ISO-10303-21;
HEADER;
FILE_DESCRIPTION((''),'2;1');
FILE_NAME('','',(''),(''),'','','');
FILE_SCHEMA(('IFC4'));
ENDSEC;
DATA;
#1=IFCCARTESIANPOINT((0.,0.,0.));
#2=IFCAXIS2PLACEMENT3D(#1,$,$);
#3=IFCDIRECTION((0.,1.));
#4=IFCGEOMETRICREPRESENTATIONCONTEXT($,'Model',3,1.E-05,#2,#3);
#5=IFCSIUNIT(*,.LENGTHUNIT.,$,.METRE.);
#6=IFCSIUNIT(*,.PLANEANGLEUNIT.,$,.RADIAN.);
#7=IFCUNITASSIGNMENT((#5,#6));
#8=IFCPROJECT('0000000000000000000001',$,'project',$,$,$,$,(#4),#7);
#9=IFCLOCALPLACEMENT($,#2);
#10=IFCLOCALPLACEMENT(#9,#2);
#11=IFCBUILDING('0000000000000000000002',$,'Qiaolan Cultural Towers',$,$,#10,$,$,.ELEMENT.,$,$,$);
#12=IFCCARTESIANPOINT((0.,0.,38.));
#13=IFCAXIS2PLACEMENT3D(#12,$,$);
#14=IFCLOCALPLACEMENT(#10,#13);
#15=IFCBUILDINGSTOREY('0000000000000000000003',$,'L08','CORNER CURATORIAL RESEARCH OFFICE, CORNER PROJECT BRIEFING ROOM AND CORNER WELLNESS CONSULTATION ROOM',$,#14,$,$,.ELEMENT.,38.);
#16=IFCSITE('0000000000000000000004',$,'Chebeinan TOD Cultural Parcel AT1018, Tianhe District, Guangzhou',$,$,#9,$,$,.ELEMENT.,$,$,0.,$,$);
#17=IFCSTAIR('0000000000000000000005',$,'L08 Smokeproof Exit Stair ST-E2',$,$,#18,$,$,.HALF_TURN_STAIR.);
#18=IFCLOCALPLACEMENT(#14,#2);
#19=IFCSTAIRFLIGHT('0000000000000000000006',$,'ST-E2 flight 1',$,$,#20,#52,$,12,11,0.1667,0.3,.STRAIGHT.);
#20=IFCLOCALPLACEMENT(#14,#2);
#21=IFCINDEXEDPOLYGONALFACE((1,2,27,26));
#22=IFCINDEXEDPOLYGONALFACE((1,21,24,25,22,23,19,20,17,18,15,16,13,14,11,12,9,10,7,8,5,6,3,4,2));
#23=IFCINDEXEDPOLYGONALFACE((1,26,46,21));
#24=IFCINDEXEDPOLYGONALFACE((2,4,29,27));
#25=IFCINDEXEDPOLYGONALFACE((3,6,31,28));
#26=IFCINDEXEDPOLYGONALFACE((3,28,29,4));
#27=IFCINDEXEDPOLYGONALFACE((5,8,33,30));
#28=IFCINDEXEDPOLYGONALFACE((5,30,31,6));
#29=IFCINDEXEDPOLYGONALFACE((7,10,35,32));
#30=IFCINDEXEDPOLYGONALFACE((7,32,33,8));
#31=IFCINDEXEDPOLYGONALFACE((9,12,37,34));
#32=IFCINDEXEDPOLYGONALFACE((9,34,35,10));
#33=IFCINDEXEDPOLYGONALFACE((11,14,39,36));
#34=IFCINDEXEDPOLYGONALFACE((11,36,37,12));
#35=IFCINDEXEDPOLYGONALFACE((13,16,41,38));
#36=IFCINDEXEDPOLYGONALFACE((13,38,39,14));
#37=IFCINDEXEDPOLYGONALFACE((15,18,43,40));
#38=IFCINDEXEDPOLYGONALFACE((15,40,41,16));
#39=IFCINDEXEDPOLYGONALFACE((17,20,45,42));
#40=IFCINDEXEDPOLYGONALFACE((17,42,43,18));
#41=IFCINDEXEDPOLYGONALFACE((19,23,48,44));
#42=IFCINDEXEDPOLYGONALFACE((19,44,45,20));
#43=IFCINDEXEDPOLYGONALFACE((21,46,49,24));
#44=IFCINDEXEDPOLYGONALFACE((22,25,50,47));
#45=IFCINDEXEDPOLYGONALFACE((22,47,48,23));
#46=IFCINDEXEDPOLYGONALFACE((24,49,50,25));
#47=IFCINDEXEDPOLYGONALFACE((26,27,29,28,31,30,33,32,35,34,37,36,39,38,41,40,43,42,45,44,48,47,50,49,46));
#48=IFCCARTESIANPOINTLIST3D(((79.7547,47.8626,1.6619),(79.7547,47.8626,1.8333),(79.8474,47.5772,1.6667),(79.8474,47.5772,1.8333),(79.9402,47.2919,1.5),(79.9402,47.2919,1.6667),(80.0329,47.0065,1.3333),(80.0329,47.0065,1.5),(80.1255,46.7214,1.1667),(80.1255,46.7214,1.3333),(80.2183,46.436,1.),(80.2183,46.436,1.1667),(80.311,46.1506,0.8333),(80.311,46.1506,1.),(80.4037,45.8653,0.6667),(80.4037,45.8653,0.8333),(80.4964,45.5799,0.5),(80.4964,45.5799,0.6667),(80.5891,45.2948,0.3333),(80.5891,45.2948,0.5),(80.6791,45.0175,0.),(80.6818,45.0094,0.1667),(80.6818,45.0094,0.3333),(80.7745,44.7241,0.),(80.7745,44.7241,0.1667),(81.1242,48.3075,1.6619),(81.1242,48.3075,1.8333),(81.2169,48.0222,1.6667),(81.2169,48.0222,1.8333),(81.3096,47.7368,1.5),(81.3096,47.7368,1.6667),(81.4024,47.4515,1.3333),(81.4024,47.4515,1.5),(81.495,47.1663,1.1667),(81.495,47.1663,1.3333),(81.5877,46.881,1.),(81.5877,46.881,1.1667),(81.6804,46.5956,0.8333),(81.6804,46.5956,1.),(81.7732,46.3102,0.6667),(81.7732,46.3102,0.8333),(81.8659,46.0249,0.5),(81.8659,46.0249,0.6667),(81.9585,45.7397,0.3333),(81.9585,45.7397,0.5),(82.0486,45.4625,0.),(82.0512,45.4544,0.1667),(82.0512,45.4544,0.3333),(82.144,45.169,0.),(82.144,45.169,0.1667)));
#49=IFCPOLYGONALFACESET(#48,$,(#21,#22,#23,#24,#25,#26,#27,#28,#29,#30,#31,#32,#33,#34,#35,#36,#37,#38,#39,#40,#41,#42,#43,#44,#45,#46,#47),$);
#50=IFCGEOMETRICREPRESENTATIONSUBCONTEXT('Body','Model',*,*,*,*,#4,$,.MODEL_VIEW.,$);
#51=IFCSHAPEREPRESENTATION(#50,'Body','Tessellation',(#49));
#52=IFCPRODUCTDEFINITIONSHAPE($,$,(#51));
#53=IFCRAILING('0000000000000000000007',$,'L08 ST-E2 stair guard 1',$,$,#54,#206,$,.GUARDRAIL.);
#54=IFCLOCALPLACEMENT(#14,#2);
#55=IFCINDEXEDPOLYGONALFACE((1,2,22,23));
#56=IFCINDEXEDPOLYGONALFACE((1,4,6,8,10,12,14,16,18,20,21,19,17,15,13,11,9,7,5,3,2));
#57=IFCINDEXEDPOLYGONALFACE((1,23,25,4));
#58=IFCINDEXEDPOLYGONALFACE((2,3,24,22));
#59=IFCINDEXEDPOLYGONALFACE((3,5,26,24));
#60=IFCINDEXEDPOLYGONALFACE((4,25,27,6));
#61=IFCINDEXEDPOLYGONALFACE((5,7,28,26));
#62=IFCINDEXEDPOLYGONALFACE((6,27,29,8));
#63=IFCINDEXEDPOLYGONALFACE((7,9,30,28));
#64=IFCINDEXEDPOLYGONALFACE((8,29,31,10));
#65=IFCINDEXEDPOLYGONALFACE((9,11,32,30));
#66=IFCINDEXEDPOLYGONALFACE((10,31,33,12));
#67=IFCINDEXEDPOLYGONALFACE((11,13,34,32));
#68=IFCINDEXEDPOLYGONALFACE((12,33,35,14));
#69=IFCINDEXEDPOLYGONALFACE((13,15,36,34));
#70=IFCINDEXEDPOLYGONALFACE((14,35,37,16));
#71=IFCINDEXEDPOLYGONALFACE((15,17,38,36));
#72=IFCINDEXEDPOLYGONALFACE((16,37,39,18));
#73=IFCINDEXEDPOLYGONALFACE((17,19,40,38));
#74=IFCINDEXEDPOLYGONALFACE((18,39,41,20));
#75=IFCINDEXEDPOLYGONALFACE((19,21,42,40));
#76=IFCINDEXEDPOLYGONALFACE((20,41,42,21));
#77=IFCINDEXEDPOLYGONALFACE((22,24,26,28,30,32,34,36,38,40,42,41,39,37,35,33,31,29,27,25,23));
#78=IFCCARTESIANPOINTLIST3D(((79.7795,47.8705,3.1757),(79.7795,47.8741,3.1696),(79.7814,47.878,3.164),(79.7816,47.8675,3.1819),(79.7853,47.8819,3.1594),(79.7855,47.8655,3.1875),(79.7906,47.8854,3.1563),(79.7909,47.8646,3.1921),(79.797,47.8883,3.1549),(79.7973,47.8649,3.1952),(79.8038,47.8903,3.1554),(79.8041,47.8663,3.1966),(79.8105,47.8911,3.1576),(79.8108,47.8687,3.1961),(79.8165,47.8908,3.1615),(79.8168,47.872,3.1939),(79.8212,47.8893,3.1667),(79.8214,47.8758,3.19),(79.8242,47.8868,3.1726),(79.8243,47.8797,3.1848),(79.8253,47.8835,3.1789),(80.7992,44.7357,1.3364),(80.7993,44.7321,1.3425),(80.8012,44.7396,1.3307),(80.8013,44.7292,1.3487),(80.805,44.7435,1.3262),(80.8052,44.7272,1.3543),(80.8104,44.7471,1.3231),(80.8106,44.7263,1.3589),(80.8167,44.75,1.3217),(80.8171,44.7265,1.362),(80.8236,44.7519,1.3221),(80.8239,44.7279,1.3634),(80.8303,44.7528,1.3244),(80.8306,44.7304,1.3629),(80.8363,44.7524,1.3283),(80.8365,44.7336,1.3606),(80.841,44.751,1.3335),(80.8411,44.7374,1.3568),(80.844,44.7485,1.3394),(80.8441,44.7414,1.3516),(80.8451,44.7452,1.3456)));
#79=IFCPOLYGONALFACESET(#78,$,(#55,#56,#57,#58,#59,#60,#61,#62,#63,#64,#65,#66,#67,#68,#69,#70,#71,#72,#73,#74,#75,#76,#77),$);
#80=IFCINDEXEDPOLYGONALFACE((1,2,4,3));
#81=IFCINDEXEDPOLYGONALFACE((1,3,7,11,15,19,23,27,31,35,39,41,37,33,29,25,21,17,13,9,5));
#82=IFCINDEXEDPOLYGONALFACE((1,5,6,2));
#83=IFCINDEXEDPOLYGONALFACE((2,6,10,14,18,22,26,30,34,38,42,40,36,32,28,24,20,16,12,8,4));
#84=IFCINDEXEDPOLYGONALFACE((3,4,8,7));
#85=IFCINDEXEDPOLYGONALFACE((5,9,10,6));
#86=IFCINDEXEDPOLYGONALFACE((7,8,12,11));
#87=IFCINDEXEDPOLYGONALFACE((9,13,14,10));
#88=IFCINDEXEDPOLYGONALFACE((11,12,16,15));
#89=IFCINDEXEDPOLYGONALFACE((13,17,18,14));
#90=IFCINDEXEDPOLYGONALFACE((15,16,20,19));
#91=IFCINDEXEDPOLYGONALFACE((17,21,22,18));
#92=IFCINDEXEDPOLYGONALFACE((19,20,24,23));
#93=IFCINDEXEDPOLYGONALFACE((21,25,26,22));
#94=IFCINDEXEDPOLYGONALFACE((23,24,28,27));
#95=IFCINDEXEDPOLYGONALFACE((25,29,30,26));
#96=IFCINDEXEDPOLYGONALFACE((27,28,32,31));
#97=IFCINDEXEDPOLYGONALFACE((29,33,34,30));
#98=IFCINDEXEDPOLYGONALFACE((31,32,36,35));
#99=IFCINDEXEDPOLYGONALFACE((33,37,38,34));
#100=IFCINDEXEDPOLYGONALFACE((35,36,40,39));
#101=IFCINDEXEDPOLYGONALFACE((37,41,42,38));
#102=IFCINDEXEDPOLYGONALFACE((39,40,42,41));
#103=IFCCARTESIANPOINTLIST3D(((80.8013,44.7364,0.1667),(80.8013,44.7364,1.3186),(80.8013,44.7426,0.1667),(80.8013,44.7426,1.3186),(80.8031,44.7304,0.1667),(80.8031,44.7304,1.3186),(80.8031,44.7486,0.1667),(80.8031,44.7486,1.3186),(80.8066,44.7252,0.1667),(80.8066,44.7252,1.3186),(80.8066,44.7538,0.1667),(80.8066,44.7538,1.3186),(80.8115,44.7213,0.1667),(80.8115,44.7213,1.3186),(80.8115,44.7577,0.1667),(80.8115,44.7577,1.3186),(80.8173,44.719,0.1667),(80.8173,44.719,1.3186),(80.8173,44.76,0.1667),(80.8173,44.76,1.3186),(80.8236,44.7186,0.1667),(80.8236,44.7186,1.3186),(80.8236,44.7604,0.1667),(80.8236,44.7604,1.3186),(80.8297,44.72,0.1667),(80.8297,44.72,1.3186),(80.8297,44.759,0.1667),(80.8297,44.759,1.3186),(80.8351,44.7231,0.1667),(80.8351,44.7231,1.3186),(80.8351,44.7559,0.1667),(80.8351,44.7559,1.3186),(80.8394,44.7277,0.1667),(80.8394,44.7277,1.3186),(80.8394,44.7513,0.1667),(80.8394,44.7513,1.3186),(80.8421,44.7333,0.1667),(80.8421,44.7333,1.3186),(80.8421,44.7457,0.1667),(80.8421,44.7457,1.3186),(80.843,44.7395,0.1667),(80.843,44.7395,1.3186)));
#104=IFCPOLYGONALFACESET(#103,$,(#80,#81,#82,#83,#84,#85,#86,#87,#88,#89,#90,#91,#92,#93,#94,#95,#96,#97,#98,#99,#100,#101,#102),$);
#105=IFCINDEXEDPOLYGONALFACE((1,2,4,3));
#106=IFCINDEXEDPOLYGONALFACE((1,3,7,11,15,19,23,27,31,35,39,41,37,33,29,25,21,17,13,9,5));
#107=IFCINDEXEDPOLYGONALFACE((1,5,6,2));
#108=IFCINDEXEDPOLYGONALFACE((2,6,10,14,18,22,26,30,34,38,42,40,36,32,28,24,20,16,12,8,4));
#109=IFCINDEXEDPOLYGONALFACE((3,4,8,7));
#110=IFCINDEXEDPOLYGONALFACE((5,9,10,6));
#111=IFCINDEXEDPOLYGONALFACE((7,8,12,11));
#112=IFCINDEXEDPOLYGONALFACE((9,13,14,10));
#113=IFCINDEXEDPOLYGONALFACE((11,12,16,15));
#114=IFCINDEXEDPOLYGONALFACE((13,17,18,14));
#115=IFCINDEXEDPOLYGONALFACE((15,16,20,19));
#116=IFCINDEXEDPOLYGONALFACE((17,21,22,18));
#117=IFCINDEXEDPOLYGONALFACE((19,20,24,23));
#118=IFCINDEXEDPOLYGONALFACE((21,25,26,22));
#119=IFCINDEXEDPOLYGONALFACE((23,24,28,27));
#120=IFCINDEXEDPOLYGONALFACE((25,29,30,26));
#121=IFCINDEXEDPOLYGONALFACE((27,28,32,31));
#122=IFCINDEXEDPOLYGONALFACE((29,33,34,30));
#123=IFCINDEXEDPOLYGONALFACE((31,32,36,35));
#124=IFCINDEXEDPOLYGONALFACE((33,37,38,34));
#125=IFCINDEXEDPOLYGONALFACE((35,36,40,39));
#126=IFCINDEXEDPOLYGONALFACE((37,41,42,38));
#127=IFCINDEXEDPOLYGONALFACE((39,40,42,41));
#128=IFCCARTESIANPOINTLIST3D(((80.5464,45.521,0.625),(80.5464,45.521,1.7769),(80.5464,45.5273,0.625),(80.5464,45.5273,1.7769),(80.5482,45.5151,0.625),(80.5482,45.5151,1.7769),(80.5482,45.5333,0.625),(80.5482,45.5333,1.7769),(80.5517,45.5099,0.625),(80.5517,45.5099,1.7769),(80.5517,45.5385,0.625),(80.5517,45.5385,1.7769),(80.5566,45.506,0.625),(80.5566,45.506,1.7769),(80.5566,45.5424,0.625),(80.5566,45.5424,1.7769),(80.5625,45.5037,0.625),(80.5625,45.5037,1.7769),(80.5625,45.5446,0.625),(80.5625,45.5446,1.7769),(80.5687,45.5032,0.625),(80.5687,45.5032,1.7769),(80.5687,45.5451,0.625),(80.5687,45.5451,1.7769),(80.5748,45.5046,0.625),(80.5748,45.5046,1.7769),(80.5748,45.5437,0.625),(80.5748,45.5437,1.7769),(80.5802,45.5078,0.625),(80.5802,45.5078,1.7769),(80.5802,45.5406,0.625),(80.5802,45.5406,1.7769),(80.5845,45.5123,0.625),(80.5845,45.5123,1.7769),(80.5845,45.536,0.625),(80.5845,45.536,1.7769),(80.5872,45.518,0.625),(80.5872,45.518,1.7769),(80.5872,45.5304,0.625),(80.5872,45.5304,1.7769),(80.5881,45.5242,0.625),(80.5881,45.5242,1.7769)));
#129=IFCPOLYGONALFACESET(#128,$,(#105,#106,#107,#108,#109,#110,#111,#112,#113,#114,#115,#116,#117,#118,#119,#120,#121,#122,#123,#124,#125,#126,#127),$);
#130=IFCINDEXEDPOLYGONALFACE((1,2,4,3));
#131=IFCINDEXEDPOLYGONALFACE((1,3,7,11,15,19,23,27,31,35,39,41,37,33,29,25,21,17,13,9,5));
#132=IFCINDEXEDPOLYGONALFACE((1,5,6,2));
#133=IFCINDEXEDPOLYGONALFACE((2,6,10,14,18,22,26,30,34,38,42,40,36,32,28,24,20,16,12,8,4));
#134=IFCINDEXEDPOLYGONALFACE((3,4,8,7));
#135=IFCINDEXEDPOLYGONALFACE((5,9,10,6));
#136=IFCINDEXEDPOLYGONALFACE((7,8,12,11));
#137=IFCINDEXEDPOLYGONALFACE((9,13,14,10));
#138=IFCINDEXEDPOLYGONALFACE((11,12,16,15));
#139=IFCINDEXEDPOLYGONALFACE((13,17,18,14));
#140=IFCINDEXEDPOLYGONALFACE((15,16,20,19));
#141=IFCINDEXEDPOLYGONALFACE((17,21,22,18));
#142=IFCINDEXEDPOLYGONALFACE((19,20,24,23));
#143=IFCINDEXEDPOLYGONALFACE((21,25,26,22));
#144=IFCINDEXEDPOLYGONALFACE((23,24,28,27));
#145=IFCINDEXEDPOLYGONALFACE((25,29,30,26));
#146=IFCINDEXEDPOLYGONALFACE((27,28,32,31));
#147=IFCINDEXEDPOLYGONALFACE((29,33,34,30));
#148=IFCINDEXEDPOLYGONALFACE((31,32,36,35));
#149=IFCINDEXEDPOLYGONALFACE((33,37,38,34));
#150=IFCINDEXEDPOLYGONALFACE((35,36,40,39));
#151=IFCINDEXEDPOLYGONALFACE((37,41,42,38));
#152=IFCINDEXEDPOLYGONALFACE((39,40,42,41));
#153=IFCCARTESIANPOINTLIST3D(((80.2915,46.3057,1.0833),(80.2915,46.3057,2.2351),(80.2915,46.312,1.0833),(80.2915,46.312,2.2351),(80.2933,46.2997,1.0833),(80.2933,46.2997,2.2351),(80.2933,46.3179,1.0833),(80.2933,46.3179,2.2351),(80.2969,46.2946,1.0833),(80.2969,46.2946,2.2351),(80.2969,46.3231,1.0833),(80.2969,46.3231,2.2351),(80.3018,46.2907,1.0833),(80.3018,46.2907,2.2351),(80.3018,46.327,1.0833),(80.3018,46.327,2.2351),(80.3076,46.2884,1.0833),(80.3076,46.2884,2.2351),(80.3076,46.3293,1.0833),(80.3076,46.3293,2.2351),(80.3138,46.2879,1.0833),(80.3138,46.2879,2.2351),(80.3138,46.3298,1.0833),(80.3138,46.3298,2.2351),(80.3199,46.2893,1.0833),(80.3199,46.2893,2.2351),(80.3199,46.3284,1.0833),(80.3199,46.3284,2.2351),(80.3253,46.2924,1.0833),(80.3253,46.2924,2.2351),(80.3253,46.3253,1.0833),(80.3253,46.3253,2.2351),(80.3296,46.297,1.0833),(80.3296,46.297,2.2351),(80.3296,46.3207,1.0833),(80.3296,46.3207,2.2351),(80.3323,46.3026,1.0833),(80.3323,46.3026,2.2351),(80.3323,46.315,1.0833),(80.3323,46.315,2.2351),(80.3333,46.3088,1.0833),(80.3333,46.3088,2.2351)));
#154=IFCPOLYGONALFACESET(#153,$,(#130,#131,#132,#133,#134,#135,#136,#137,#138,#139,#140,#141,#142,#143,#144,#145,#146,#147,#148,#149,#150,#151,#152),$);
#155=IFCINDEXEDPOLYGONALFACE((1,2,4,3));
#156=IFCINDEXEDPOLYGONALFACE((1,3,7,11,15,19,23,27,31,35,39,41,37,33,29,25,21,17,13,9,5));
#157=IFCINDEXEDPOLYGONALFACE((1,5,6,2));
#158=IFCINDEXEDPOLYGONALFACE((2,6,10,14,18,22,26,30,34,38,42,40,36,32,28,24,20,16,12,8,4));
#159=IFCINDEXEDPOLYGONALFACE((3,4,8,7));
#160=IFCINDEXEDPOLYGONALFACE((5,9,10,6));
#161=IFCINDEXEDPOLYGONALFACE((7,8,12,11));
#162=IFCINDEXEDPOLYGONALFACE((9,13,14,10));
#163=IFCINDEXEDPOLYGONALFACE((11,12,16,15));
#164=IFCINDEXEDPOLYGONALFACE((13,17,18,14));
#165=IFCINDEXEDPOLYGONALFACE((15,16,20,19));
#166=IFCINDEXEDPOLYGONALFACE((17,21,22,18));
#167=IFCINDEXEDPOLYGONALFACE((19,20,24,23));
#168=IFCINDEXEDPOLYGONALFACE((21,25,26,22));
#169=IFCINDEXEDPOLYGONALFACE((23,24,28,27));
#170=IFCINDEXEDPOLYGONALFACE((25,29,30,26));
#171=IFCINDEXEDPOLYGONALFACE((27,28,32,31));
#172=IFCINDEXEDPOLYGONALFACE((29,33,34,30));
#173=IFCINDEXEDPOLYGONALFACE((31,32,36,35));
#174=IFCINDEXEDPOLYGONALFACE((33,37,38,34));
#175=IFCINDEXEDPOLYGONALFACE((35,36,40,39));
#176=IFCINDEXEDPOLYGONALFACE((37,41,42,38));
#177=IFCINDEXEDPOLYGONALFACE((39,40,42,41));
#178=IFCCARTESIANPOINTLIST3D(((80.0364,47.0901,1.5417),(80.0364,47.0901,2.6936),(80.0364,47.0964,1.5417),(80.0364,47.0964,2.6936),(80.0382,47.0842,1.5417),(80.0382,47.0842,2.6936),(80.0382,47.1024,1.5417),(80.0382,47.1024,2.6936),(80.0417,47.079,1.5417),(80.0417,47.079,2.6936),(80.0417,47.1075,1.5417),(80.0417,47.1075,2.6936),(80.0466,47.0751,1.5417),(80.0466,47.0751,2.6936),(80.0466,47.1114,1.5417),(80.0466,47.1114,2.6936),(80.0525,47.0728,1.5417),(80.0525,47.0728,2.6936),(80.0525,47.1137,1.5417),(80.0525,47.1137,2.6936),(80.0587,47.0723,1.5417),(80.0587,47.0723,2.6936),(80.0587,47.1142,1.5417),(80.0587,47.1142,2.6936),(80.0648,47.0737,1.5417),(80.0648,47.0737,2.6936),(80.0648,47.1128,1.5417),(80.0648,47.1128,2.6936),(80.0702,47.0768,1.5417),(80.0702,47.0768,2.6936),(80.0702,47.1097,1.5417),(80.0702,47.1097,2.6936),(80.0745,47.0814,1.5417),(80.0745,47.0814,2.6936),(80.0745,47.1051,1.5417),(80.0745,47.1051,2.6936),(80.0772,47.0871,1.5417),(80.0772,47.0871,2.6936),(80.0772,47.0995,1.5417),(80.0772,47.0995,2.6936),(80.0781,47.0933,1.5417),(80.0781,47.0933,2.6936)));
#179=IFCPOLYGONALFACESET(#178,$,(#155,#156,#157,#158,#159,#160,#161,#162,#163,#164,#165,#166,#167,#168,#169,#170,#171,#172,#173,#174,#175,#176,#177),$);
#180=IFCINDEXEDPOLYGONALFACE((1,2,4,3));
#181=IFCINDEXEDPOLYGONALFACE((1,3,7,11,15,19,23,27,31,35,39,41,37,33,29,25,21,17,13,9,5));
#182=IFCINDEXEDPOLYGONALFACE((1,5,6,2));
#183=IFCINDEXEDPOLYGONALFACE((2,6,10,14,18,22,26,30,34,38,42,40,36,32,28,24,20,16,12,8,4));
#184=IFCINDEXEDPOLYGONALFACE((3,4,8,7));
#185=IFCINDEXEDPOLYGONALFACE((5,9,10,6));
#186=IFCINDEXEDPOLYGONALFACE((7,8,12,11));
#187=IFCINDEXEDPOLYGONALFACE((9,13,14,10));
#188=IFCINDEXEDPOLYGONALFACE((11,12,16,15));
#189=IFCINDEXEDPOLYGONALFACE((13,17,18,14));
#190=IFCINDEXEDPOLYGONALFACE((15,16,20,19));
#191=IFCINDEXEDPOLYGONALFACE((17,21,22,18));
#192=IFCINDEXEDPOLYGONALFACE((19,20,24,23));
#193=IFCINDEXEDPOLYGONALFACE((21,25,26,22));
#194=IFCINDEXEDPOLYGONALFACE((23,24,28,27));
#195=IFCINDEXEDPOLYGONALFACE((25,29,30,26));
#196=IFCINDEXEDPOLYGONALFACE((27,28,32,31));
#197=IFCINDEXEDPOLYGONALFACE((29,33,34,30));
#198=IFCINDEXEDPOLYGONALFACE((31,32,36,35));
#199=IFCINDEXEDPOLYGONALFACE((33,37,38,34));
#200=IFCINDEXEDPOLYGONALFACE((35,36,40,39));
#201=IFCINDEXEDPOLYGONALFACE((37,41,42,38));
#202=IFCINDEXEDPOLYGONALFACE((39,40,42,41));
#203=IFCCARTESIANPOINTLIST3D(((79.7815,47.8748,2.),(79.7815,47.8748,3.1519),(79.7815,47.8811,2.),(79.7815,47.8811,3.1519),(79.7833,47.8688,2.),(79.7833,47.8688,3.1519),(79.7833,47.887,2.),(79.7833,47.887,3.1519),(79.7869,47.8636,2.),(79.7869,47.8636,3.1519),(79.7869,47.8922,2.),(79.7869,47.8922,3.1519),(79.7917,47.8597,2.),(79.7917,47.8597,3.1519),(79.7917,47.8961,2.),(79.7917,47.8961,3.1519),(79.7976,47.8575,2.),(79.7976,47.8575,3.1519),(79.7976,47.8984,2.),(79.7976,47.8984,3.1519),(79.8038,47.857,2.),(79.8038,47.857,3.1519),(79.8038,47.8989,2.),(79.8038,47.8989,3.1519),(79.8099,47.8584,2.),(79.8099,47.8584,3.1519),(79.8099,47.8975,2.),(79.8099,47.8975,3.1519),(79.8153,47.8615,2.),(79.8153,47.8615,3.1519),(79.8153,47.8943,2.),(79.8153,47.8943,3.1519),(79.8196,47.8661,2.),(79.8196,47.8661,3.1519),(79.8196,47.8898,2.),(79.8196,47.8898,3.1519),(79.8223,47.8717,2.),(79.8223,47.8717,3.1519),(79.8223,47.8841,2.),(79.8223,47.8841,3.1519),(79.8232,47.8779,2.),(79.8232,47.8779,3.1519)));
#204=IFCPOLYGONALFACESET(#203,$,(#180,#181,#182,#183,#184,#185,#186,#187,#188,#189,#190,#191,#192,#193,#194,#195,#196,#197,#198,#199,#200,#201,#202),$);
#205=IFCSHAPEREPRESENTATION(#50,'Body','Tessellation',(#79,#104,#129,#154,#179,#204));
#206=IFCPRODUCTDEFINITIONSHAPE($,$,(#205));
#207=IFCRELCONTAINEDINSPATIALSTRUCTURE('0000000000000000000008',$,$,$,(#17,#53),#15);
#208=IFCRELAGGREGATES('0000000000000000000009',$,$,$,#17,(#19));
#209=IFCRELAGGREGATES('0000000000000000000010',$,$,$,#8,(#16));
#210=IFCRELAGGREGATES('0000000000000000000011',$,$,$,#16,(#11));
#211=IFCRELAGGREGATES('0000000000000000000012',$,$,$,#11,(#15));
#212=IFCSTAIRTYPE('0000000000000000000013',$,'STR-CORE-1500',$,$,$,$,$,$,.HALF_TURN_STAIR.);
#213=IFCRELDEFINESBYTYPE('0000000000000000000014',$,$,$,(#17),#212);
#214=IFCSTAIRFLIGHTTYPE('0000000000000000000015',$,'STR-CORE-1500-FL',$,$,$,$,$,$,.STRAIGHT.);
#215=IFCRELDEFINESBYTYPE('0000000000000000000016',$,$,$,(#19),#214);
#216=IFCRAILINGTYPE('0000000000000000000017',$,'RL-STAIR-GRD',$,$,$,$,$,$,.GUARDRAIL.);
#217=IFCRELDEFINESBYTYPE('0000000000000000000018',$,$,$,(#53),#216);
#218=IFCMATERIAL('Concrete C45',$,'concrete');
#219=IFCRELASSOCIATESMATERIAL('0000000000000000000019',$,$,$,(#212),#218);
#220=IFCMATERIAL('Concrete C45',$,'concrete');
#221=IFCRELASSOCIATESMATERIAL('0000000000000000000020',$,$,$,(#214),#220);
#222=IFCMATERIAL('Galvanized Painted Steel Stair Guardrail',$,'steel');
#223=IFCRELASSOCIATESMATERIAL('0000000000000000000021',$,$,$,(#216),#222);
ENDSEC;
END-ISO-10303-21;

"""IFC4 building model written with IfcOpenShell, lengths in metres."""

from ifc_helpers import new_model, si_unit, direction, frame, origin, origin_2d, place, context, subcontext, project, spatial, polyline, circle, outline, extrude, material, type_object, element, aggregate, save


model = new_model("IFC4")

# Units and contexts
model_context = context("Model", 3, precision=1e-05, world=origin(), true_north=direction((0.0, 1.0)))
body_context = subcontext(model_context, "Body", "Model", "MODEL_VIEW")
ifc_project = project(units=[si_unit("LENGTHUNIT", "METRE"), si_unit("PLANEANGLEUNIT", "RADIAN")], contexts=[model_context])

# Site, building, storey
site_placement = place(None, origin())
site = spatial("IfcSite", under=ifc_project, at=site_placement, Name="Chebeinan TOD Cultural Parcel AT1018, Tianhe District, Guangzhou", CompositionType="ELEMENT", RefElevation=0.0)
building_placement = place(site_placement, origin())
building = spatial("IfcBuilding", under=site, at=building_placement, Name="Qiaolan Cultural Towers", CompositionType="ELEMENT")
storey_placement = place(building_placement, frame((0.0, 0.0, 38.0)))
storey = spatial("IfcBuildingStorey", under=building, at=storey_placement, Name="L08", Description="CORNER CURATORIAL RESEARCH OFFICE, CORNER PROJECT BRIEFING ROOM AND CORNER WELLNESS CONSULTATION ROOM", CompositionType="ELEMENT", Elevation=38.0)

# Stair, stair flight
ifc_material_1 = material(Name="Concrete C45", Category="concrete")
stair_type = type_object("IfcStairType", Name="STR-CORE-1500", PredefinedType="HALF_TURN_STAIR", material=ifc_material_1)
stair_placement = place(storey_placement, origin())
stair = element("IfcStair", 1, at=stair_placement, inside=storey, type_object=stair_type, Name="L08 Smokeproof Exit Stair ST-E2", PredefinedType="HALF_TURN_STAIR")
ifc_material_2 = material(Name="Concrete C45", Category="concrete")
stair_flight_type = type_object("IfcStairFlightType", Name="STR-CORE-1500-FL", PredefinedType="STRAIGHT", material=ifc_material_2)
stair_flight_placement = place(storey_placement, frame((81.4592, 44.9465, 0.0), z_axis=(0.0, 0.0, 1.0), x_axis=(-0.309017, 0.951057, 0.0)))
stair_flight = element("IfcStairFlight", 2, at=stair_flight_placement, type_object=stair_flight_type, Name="ST-E2 flight 1", NumberOfRisers=12, NumberOfTreads=11, PredefinedType="STRAIGHT", RiserHeight=0.1667, TreadLength=0.3, context=body_context, shape_type="SweptSolid", body=[
    extrude(outline(polyline([(0.0, 0.0), (0.0, 0.1667), (0.3, 0.1667), (0.3, 0.3333), (0.6001, 0.3333), (0.6001, 0.5), (0.8999, 0.5), (0.8999, 0.6667), (1.2, 0.6667), (1.2, 0.8333), (1.5, 0.8333), (1.5, 1.0), (1.8, 1.0), (1.8, 1.1667), (2.1001, 1.1667), (2.1001, 1.3333), (2.3999, 1.3333), (2.3999, 1.5), (2.7, 1.5), (2.7, 1.6667), (3.0, 1.6667), (3.0, 1.8333), (3.3, 1.8333), (3.3, 2.0), (3.3, 1.6619), (0.3086, 0.0), (0.0, 0.0)])), frame((0.0, 0.72, 0.0), z_axis=(0.0, -1.0, 0.0), x_axis=(1.0, 0.0, 0.0)), (0.0, 0.0, 1.0), 1.4399),
])
aggregate(stair, [stair_flight])

# Railing
ifc_material_3 = material(Name="Galvanized Painted Steel Stair Guardrail", Category="steel")
railing_type_1 = type_object("IfcRailingType", Name="RL-STAIR-GRD", PredefinedType="GUARDRAIL", material=ifc_material_3)
railing_1_placement = place(storey_placement, frame((80.822, 44.7395, 0.1667)))
element("IfcRailing", 3, at=railing_1_placement, inside=storey, type_object=railing_type_1, Name="L08 ST-E2 stair guard 1", PredefinedType="GUARDRAIL", context=body_context, shape_type="SweptSolid", body=[
    extrude(circle(Radius=0.0239, at=origin_2d()), frame((0.0, 0.0, 1.1758), z_axis=(-0.270141, 0.831376, 0.485632), x_axis=(-0.951053, -0.309028, 0.0)), (0.0, 0.0, 1.0), 3.7749),
    extrude(circle(Radius=0.021, at=origin_2d()), origin(), (0.0, 0.0, 1.0), 1.1519),
    extrude(circle(Radius=0.021, at=origin_2d()), frame((-0.2549, 0.7847, 0.4583)), (0.0, 0.0, 1.0), 1.1519),
    extrude(circle(Radius=0.021, at=origin_2d()), frame((-0.5098, 1.5693, 0.9165)), (0.0, 0.0, 1.0), 1.1519),
    extrude(circle(Radius=0.021, at=origin_2d()), frame((-0.7649, 2.3538, 1.375)), (0.0, 0.0, 1.0), 1.1519),
    extrude(circle(Radius=0.021, at=origin_2d()), frame((-1.0198, 3.1384, 1.8333)), (0.0, 0.0, 1.0), 1.1519),
])

save(model, "model.ifc")
